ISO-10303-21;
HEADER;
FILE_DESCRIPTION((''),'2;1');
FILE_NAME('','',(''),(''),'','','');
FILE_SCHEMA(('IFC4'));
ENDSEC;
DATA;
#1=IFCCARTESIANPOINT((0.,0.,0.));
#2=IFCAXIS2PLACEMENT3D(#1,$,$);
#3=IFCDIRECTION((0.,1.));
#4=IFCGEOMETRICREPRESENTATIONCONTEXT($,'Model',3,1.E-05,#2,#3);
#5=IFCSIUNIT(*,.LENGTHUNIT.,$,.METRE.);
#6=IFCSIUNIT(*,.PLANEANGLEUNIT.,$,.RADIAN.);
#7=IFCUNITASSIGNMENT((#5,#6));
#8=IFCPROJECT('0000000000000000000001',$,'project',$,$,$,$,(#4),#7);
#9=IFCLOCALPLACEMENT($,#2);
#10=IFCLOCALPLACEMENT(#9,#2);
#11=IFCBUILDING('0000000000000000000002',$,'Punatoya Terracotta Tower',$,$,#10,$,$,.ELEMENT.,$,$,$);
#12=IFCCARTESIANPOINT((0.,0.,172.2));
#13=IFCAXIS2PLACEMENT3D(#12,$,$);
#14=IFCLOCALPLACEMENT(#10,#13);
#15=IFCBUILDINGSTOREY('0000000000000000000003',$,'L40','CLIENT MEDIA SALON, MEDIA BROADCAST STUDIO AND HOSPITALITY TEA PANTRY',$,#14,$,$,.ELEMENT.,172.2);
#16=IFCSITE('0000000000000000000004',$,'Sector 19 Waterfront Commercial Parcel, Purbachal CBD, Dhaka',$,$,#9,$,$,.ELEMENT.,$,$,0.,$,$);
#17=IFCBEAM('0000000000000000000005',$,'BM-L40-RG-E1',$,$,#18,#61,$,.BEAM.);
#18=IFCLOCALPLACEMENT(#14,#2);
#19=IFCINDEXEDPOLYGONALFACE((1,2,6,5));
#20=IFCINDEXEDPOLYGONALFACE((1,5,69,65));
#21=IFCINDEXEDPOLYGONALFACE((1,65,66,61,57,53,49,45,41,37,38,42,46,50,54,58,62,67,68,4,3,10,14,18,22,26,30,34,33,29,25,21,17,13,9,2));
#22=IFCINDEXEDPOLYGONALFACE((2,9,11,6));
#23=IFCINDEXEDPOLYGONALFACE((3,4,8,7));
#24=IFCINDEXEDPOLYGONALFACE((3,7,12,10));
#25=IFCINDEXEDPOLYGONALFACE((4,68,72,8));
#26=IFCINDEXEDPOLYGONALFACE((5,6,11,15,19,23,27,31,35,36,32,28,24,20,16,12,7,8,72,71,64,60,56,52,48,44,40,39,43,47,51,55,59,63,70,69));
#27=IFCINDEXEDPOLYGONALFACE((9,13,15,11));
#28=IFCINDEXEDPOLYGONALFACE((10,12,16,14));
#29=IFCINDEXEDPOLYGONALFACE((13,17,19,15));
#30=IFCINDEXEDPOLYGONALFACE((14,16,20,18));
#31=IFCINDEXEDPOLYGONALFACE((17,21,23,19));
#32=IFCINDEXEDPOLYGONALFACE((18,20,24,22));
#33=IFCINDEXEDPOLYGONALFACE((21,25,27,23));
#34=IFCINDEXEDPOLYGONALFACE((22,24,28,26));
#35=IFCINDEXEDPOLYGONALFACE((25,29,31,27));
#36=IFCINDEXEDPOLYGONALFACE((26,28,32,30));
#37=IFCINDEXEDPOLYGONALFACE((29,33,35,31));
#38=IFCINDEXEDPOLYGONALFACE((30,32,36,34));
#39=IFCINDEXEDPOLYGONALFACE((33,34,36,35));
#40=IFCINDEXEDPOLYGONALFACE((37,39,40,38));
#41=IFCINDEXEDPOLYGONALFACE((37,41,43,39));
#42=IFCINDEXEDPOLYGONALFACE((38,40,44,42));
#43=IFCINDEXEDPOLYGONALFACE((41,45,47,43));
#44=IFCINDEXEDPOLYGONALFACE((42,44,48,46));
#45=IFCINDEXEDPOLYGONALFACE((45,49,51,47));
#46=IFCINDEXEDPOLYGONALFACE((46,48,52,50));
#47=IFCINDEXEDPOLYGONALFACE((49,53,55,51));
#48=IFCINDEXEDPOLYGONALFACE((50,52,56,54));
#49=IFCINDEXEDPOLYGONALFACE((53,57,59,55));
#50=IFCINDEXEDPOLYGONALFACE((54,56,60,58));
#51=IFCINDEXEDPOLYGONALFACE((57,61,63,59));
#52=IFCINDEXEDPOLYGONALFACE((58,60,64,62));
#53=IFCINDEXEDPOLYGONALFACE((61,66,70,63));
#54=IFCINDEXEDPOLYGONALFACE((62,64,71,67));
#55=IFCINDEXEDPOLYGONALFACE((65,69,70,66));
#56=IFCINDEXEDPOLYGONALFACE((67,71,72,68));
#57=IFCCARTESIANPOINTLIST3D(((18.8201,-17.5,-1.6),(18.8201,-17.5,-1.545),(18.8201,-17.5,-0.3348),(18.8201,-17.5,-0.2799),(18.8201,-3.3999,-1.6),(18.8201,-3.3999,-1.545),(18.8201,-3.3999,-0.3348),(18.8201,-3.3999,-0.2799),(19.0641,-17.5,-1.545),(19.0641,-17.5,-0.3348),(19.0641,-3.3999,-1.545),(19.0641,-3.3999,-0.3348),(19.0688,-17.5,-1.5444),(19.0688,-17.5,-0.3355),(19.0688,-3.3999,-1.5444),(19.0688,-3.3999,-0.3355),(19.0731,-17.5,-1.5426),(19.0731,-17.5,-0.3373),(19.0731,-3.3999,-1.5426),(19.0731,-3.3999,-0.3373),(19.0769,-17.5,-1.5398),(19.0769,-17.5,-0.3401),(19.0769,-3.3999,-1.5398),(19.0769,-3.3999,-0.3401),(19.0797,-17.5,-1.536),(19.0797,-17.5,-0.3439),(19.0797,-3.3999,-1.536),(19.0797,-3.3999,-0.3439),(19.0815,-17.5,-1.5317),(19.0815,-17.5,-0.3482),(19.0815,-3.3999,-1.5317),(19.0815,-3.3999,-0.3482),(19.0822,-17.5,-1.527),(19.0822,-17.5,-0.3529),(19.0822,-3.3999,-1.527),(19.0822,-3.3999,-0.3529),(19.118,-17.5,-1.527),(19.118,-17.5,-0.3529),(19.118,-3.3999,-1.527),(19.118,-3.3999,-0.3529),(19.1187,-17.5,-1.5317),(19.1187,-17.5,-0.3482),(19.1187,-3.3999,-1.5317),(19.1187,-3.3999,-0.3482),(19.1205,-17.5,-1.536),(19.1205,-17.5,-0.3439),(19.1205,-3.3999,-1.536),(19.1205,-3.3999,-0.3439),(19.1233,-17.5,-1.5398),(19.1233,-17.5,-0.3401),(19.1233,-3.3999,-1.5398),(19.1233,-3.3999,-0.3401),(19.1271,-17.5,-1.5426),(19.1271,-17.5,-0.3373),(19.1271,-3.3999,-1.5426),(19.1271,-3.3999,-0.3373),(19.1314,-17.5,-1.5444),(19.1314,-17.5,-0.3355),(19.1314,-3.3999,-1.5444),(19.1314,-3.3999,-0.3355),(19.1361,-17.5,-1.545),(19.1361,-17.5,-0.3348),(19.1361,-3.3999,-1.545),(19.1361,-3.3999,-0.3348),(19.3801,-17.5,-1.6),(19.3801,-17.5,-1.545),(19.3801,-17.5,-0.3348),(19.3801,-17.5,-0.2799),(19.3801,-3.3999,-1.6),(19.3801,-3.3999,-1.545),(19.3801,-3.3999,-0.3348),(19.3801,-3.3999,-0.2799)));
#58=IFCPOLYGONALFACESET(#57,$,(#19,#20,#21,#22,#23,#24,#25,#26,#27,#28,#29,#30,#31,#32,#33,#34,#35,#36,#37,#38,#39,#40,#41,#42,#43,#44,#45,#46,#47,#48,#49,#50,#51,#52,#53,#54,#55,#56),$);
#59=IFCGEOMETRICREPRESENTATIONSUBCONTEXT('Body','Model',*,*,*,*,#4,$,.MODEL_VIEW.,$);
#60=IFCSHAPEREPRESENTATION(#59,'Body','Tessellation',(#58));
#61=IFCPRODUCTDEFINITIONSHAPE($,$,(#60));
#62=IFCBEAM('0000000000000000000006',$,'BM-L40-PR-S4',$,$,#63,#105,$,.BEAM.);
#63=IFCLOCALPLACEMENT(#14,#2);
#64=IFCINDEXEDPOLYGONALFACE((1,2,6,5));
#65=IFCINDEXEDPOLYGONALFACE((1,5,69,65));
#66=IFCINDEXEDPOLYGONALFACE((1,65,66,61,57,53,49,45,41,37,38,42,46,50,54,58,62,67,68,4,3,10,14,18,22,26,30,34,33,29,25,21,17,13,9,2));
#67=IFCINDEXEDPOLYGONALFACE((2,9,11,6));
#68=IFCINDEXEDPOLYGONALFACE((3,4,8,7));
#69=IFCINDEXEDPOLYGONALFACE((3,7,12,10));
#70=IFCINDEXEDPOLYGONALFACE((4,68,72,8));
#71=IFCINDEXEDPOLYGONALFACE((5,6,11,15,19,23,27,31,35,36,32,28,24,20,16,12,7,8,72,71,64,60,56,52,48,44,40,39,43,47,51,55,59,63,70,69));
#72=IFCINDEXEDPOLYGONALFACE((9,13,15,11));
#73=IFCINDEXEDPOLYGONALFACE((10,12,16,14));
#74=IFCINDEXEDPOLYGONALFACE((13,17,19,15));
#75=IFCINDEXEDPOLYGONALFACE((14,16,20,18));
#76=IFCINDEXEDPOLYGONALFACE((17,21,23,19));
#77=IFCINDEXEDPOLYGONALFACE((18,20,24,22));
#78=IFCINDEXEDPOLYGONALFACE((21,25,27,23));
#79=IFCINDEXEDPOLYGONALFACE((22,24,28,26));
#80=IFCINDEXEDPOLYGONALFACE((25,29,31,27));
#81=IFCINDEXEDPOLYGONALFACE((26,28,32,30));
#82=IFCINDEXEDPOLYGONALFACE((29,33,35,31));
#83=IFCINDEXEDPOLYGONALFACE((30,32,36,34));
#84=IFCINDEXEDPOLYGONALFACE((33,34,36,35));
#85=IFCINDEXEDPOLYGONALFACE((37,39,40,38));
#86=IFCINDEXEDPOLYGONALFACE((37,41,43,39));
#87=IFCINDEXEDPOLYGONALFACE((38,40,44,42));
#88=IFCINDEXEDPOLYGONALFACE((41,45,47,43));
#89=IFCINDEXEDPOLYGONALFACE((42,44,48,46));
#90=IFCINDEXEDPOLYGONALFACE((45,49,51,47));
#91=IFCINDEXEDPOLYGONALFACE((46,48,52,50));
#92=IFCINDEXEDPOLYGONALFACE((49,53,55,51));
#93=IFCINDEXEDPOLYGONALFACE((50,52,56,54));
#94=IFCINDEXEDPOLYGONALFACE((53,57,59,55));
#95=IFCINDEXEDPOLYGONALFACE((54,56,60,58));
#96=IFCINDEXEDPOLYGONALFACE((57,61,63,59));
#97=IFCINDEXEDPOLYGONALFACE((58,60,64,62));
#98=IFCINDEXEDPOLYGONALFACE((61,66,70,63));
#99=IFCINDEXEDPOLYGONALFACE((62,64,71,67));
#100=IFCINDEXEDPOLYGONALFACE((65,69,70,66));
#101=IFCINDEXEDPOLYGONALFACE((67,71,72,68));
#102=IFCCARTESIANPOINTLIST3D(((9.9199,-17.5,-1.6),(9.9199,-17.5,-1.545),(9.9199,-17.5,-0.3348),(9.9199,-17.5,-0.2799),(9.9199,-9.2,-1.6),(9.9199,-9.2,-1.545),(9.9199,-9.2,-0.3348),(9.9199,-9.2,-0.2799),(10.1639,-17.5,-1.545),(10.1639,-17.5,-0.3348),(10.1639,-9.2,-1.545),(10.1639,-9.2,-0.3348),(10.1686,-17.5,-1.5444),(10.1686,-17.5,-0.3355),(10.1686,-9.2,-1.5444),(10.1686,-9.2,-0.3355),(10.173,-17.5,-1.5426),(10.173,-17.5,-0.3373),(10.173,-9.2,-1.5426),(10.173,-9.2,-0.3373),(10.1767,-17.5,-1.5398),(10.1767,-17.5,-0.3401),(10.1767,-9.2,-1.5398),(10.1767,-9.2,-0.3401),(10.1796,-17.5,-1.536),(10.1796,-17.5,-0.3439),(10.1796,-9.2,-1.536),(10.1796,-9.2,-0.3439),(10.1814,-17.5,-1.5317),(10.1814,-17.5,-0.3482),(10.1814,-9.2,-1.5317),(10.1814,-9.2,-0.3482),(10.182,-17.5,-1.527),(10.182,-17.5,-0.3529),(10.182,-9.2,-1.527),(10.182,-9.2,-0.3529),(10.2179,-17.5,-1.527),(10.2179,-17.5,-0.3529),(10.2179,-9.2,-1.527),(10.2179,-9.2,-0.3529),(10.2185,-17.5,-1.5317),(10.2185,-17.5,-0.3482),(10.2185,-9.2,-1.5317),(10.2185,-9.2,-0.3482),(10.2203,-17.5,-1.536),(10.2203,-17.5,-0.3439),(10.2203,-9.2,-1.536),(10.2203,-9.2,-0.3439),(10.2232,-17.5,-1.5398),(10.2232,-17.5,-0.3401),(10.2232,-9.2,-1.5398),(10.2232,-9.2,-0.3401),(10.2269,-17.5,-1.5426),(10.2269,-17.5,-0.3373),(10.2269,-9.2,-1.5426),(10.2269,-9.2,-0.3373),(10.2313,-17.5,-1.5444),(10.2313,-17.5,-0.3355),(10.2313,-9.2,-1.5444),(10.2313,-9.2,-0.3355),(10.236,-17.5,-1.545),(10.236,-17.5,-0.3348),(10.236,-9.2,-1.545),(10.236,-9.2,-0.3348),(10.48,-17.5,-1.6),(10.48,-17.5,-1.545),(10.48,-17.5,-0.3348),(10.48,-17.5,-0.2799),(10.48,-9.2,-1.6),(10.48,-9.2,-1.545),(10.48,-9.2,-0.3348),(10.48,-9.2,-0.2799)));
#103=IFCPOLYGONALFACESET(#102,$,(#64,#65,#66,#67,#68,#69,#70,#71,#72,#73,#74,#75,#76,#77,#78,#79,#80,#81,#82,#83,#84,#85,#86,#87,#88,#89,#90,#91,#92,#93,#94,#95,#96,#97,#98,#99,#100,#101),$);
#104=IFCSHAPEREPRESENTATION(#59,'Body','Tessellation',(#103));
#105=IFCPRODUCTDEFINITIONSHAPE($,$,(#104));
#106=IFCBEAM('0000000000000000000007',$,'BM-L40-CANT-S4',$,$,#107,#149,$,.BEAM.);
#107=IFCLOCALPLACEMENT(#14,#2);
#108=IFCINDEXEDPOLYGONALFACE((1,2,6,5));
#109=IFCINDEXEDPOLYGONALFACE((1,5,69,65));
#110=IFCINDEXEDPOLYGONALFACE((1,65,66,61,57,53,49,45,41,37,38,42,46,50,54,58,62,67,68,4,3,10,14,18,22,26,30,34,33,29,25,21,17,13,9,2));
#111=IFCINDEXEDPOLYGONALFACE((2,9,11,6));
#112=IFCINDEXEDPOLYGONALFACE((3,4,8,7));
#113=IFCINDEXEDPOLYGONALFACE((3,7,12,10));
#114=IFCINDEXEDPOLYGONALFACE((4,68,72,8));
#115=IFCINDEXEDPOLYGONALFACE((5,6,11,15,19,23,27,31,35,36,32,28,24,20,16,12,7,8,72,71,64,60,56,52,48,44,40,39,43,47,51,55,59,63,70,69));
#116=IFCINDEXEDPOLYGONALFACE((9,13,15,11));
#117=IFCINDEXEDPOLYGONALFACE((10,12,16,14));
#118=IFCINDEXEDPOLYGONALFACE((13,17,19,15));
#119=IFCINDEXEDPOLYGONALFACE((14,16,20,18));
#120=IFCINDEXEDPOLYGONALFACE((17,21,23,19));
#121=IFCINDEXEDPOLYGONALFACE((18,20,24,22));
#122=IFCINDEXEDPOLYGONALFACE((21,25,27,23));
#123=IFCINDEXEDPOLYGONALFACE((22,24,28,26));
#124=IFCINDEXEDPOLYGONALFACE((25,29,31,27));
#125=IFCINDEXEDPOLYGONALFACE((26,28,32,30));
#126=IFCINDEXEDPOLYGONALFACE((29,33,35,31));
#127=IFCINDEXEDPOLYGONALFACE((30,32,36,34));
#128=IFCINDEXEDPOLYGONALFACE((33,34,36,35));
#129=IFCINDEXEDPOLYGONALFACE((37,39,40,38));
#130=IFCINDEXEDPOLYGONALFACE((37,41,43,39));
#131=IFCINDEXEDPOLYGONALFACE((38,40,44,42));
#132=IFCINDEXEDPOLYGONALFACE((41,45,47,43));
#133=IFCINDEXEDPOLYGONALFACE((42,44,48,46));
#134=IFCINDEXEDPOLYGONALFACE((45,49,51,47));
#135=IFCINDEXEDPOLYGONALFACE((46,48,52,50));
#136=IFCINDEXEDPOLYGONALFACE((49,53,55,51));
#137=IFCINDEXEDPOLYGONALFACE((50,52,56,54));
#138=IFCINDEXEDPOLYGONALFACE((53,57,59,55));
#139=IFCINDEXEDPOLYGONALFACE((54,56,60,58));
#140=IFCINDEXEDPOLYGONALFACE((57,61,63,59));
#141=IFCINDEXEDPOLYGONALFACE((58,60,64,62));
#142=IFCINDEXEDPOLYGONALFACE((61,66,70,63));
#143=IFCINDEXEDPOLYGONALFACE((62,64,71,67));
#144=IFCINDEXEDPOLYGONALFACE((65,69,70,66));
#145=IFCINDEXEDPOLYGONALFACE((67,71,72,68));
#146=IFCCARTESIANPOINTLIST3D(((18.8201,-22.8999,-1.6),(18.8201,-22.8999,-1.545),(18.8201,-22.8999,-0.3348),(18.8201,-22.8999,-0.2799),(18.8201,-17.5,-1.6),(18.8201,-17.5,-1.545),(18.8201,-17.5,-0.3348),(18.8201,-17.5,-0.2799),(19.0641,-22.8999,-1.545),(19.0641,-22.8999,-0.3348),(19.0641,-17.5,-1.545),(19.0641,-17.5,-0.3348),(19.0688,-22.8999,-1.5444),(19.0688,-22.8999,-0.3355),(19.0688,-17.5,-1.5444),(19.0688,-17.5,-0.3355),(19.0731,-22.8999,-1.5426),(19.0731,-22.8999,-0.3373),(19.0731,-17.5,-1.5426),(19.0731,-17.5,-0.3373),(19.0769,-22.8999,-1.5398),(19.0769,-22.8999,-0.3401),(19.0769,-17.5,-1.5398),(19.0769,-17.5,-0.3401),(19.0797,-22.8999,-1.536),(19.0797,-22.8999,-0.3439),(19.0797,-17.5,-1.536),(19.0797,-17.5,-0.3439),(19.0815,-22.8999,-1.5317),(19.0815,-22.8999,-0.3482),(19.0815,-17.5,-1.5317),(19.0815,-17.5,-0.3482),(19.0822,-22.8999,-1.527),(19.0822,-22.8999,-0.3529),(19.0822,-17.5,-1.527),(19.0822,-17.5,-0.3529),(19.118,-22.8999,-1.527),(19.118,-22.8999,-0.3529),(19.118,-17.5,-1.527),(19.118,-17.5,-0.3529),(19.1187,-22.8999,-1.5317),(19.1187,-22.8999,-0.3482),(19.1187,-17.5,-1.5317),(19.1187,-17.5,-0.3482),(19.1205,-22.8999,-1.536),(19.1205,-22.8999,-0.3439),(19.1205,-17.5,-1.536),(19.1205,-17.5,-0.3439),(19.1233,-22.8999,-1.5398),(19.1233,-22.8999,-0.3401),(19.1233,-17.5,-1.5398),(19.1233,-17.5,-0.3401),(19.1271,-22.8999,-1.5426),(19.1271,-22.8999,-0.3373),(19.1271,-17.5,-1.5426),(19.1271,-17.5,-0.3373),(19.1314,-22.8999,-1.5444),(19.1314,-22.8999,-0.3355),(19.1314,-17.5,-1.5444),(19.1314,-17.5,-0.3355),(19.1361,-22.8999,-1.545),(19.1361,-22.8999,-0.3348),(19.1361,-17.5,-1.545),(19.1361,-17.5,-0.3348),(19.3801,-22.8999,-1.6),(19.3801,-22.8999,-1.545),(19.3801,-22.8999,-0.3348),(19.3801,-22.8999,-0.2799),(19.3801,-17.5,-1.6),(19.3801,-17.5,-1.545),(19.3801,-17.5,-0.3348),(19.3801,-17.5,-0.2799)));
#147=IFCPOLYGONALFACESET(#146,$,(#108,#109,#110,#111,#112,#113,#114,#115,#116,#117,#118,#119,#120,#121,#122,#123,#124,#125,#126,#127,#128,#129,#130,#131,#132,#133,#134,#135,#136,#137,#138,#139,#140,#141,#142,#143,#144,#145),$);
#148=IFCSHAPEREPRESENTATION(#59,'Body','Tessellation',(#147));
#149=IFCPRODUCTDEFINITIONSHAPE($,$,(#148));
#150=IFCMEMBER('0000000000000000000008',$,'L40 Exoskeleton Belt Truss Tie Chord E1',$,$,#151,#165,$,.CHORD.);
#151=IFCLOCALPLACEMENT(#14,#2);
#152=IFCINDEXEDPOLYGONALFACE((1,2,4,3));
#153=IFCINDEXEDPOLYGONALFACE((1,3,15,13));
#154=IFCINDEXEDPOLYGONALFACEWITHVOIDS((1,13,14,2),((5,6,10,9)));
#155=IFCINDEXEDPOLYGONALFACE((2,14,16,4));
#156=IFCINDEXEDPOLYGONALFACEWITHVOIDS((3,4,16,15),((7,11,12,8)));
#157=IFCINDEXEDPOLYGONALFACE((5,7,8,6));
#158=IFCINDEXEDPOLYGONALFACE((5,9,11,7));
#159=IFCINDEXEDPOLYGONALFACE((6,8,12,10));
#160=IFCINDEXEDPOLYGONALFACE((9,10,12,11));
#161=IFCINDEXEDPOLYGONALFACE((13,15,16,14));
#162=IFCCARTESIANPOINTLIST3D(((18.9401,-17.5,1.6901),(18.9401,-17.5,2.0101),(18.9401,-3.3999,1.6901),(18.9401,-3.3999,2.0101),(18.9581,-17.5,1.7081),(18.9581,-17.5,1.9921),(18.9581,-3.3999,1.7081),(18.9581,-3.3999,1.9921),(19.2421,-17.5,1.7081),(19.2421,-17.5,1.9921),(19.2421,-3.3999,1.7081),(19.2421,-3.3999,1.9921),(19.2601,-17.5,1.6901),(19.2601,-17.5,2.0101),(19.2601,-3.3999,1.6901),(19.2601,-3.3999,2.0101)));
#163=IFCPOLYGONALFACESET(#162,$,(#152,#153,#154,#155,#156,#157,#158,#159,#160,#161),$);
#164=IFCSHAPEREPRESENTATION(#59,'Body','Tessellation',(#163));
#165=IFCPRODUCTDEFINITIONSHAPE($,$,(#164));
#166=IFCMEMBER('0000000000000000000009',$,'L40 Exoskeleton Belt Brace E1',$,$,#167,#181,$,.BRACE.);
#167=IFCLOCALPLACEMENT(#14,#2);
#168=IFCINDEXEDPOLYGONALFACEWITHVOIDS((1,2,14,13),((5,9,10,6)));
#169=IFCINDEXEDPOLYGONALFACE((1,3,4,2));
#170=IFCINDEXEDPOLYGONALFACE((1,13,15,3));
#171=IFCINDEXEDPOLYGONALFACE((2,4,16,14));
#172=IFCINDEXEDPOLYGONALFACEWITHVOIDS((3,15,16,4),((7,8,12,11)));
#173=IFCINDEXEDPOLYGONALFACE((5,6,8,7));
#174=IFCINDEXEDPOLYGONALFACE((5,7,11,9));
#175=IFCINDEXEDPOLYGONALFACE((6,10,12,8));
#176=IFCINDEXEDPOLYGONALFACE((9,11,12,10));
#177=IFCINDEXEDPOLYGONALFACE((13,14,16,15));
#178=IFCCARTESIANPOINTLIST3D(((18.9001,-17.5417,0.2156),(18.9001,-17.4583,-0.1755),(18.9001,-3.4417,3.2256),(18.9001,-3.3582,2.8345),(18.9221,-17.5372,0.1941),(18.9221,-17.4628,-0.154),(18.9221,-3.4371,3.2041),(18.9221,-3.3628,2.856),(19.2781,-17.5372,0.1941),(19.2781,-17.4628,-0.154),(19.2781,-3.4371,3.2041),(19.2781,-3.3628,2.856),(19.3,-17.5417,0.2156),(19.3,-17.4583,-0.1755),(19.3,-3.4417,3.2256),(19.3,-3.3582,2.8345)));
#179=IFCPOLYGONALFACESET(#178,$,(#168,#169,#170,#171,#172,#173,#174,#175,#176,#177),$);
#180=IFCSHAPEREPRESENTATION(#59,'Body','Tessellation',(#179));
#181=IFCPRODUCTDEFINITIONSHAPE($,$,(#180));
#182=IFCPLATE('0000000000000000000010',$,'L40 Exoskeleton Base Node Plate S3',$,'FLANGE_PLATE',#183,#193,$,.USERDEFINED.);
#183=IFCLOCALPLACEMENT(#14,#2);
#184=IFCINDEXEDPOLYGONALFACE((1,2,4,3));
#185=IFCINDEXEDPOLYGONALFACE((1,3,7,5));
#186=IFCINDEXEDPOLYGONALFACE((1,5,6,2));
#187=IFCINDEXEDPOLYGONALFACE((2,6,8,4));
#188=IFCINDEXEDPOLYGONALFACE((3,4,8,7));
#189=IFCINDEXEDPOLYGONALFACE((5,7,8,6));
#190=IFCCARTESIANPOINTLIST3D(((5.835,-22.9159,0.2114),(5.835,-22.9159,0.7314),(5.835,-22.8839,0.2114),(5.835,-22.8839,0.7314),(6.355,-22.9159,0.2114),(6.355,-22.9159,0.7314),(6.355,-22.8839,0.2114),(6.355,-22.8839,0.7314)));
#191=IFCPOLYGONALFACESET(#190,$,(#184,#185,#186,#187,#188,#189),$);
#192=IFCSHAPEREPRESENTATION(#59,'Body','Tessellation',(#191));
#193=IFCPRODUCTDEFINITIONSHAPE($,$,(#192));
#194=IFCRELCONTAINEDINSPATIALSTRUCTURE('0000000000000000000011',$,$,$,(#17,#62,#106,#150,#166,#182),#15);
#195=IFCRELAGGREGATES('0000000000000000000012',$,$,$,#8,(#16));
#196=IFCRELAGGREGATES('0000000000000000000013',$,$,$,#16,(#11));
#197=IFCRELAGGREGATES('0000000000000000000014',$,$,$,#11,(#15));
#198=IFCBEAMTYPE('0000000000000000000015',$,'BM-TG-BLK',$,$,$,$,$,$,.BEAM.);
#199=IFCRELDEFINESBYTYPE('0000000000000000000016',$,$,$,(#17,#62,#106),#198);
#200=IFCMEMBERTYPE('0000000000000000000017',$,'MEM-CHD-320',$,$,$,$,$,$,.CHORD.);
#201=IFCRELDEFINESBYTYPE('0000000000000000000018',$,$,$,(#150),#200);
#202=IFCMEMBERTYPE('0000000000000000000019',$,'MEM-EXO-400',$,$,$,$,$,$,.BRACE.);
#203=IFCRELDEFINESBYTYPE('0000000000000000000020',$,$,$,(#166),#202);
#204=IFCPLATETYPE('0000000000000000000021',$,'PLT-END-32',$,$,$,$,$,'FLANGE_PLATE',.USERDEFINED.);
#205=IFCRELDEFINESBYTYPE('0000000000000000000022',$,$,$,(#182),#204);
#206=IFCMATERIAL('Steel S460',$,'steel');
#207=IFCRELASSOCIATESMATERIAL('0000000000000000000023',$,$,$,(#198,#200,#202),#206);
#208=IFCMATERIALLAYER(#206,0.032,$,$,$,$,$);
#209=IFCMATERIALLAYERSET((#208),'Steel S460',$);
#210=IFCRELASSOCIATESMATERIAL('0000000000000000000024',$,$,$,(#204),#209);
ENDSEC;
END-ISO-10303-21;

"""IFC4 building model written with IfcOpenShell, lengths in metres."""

from ifc_helpers import new_model, si_unit, direction, frame, origin, origin_2d, place, context, subcontext, project, spatial, rectangle, hollow_rectangle, i_section, extrude, material, layer, layer_set, material_profile, profile_set, type_object, element, save


model = new_model("IFC4")

# Units and contexts
model_context = context("Model", 3, precision=1e-05, world=origin(), true_north=direction((0.0, 1.0)))
body_context = subcontext(model_context, "Body", "Model", "MODEL_VIEW")
ifc_project = project(units=[si_unit("LENGTHUNIT", "METRE"), si_unit("PLANEANGLEUNIT", "RADIAN")], contexts=[model_context])

# Site, building, storey
site_placement = place(None, origin())
site = spatial("IfcSite", under=ifc_project, at=site_placement, Name="Sector 19 Waterfront Commercial Parcel, Purbachal CBD, Dhaka", CompositionType="ELEMENT", RefElevation=0.0)
building_placement = place(site_placement, origin())
building = spatial("IfcBuilding", under=site, at=building_placement, Name="Punatoya Terracotta Tower", CompositionType="ELEMENT")
storey_placement = place(building_placement, frame((0.0, 0.0, 172.2)))
storey = spatial("IfcBuildingStorey", under=building, at=storey_placement, Name="L40", Description="CLIENT MEDIA SALON, MEDIA BROADCAST STUDIO AND HOSPITALITY TEA PANTRY", CompositionType="ELEMENT", Elevation=172.2)

# Shared definitions
ifc_material_1 = material(Name="Steel S460", Category="steel")

# Beams
ifc_material_profile_1 = material_profile(ifc_material_1, i_section(OverallWidth=0.5601, OverallDepth=1.3201, WebThickness=0.0359, FlangeThickness=0.0549, FilletRadius=0.0181, at=origin_2d()))
ifc_profile_set_1 = profile_set([ifc_material_profile_1], Name="Steel S460")
beam_type_1 = type_object("IfcBeamType", Name="BM-TG-BLK", PredefinedType="BEAM", material=ifc_profile_set_1)
beam_1_placement = place(storey_placement, frame((19.1001, -17.5, -0.9399), z_axis=(0.0, 1.0, 0.0), x_axis=(-1.0, 0.0, 0.0)))
element("IfcBeam", 1, at=beam_1_placement, inside=storey, type_object=beam_type_1, Name="BM-L40-RG-E1", PredefinedType="BEAM", context=body_context, shape_type="SweptSolid", body=[
    extrude(i_section(OverallWidth=0.5601, OverallDepth=1.3201, WebThickness=0.0359, FlangeThickness=0.0549, FilletRadius=0.0181, at=origin_2d()), origin(), (0.0, 0.0, 1.0), 14.1001),
])
beam_2_placement = place(storey_placement, frame((10.2, -17.5, -0.9399), z_axis=(0.0, 1.0, 0.0), x_axis=(-1.0, 0.0, 0.0)))
element("IfcBeam", 2, at=beam_2_placement, inside=storey, type_object=beam_type_1, Name="BM-L40-PR-S4", PredefinedType="BEAM", context=body_context, shape_type="SweptSolid", body=[
    extrude(i_section(OverallWidth=0.5601, OverallDepth=1.3201, WebThickness=0.0359, FlangeThickness=0.0549, FilletRadius=0.0181, at=origin_2d()), origin(), (0.0, 0.0, 1.0), 8.3),
])
beam_3_placement = place(storey_placement, frame((19.1001, -22.8999, -0.9399), z_axis=(0.0, 1.0, 0.0), x_axis=(-1.0, 0.0, 0.0)))
element("IfcBeam", 3, at=beam_3_placement, inside=storey, type_object=beam_type_1, Name="BM-L40-CANT-S4", PredefinedType="BEAM", context=body_context, shape_type="SweptSolid", body=[
    extrude(i_section(OverallWidth=0.5601, OverallDepth=1.3201, WebThickness=0.0359, FlangeThickness=0.0549, FilletRadius=0.0181, at=origin_2d()), origin(), (0.0, 0.0, 1.0), 5.3999),
])

# Members
ifc_material_profile_2 = material_profile(ifc_material_1, hollow_rectangle(XDim=0.3201, YDim=0.3201, WallThickness=0.0181, at=origin_2d()))
ifc_profile_set_2 = profile_set([ifc_material_profile_2], Name="Steel S460")
member_type_1 = type_object("IfcMemberType", Name="MEM-CHD-320", PredefinedType="CHORD", material=ifc_profile_set_2)
member_1_placement = place(storey_placement, frame((19.1001, -17.5, 1.8501), z_axis=(0.0, 1.0, 0.0), x_axis=(-1.0, 0.0, 0.0)))
element("IfcMember", 4, at=member_1_placement, inside=storey, type_object=member_type_1, Name="L40 Exoskeleton Belt Truss Tie Chord E1", PredefinedType="CHORD", context=body_context, shape_type="SweptSolid", body=[
    extrude(hollow_rectangle(XDim=0.3201, YDim=0.3201, WallThickness=0.0181, at=origin_2d()), origin(), (0.0, 0.0, 1.0), 14.1001),
])
ifc_material_profile_3 = material_profile(ifc_material_1, hollow_rectangle(XDim=0.3999, YDim=0.3999, WallThickness=0.022, at=origin_2d()))
ifc_profile_set_3 = profile_set([ifc_material_profile_3], Name="Steel S460")
member_type_2 = type_object("IfcMemberType", Name="MEM-EXO-400", PredefinedType="BRACE", material=ifc_profile_set_3)
member_2_placement = place(storey_placement, frame((19.1001, -17.5, 0.02), z_axis=(0.0, 0.977965, 0.20877), x_axis=(-1.0, 0.0, 0.0)))
element("IfcMember", 5, at=member_2_placement, inside=storey, type_object=member_type_2, Name="L40 Exoskeleton Belt Brace E1", PredefinedType="BRACE", context=body_context, shape_type="SweptSolid", body=[
    extrude(hollow_rectangle(XDim=0.3999, YDim=0.3999, WallThickness=0.022, at=origin_2d()), origin(), (0.0, 0.0, 1.0), 14.4177),
])

# Plate
ifc_layer_1 = layer(ifc_material_1, 0.032)
ifc_layer_set_1 = layer_set([ifc_layer_1], Name="Steel S460")
plate_type_1 = type_object("IfcPlateType", Name="PLT-END-32", ElementType="FLANGE_PLATE", PredefinedType="USERDEFINED", material=ifc_layer_set_1)
for number, where, z_axis, x_axis, name in (
    (6, (6.095, -22.8999, 0.2114), (0.0, 0.0, 1.0), (1.0, 0.0, 0.0), "L40 Exoskeleton Base Node Plate S3"),
):
    element("IfcPlate", number, at=place(storey_placement, frame(where, z_axis=z_axis, x_axis=x_axis)), inside=storey, type_object=plate_type_1, Name=name, ObjectType="FLANGE_PLATE", PredefinedType="USERDEFINED", context=body_context, shape_type="SweptSolid", body=[
        extrude(rectangle(XDim=0.52, YDim=0.032, at=origin_2d()), origin(), (0.0, 0.0, 1.0), 0.52),
    ])

save(model, "model.ifc")
